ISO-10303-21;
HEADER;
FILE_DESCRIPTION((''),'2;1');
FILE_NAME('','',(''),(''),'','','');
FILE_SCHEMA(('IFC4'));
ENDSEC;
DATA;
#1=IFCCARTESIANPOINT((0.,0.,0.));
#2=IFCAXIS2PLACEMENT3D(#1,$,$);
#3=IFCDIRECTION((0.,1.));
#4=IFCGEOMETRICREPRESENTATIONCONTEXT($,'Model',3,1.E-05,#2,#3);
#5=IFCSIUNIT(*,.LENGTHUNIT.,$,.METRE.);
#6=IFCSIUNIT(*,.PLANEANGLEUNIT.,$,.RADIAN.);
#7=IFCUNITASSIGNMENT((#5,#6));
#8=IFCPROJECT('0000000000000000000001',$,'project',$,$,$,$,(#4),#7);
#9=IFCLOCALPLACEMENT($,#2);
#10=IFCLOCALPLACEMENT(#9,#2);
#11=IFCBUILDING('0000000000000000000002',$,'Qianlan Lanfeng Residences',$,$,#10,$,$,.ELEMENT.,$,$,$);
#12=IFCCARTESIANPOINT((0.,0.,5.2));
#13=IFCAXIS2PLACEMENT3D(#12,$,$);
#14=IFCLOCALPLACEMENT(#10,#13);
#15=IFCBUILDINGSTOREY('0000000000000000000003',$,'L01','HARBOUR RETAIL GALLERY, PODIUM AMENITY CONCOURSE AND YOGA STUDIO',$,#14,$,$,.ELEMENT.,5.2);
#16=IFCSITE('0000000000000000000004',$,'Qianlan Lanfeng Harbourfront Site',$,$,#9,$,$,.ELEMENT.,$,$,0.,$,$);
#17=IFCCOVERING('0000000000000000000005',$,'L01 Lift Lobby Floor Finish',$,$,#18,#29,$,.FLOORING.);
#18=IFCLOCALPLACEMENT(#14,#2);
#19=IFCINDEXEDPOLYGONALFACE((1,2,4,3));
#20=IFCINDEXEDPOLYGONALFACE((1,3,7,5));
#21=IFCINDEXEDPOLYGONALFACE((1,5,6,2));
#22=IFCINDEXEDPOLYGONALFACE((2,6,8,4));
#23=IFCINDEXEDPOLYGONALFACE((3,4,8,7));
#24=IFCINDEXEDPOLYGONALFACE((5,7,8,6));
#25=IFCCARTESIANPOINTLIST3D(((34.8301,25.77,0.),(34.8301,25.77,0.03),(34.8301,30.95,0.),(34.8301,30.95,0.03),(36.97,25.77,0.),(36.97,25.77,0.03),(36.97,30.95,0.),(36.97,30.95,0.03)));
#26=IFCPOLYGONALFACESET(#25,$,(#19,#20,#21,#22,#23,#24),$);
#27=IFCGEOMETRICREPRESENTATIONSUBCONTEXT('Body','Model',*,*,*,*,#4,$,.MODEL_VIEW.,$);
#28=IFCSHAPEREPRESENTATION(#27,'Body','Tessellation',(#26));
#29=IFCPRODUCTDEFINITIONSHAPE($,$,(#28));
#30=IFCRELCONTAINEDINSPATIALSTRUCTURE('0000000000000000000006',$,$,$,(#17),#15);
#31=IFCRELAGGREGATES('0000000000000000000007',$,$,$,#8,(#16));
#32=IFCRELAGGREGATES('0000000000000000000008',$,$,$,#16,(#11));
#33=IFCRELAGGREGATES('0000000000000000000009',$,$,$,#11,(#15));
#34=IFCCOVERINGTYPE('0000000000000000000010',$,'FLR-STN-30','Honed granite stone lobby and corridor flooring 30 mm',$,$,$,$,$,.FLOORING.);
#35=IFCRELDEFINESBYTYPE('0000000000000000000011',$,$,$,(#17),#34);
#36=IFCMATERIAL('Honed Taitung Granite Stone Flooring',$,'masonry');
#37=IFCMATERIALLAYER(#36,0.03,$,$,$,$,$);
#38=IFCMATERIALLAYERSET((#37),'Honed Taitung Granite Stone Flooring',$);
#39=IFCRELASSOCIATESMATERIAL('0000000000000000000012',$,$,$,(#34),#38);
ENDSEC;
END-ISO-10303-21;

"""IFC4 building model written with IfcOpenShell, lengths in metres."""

from ifc_helpers import new_model, si_unit, direction, frame, origin, place, context, subcontext, project, spatial, polyline, outline, extrude, material, layer, layer_set, type_object, element, save


model = new_model("IFC4")

# Units and contexts
model_context = context("Model", 3, precision=1e-05, world=origin(), true_north=direction((0.0, 1.0)))
body_context = subcontext(model_context, "Body", "Model", "MODEL_VIEW")
ifc_project = project(units=[si_unit("LENGTHUNIT", "METRE"), si_unit("PLANEANGLEUNIT", "RADIAN")], contexts=[model_context])

# Site, building, storey
site_placement = place(None, origin())
site = spatial("IfcSite", under=ifc_project, at=site_placement, Name="Qianlan Lanfeng Harbourfront Site", CompositionType="ELEMENT", RefElevation=0.0)
building_placement = place(site_placement, origin())
building = spatial("IfcBuilding", under=site, at=building_placement, Name="Qianlan Lanfeng Residences", CompositionType="ELEMENT")
storey_placement = place(building_placement, frame((0.0, 0.0, 5.2)))
storey = spatial("IfcBuildingStorey", under=building, at=storey_placement, Name="L01", Description="HARBOUR RETAIL GALLERY, PODIUM AMENITY CONCOURSE AND YOGA STUDIO", CompositionType="ELEMENT", Elevation=5.2)

# Covering
ifc_material_1 = material(Name="Honed Taitung Granite Stone Flooring", Category="masonry")
ifc_layer_1 = layer(ifc_material_1, 0.03)
ifc_layer_set_1 = layer_set([ifc_layer_1], Name="Honed Taitung Granite Stone Flooring")
covering_type = type_object("IfcCoveringType", Name="FLR-STN-30", Description="Honed granite stone lobby and corridor flooring 30 mm", PredefinedType="FLOORING", material=ifc_layer_set_1)
covering_placement = place(storey_placement, origin())
element("IfcCovering", 1, at=covering_placement, inside=storey, type_object=covering_type, Name="L01 Lift Lobby Floor Finish", PredefinedType="FLOORING", context=body_context, shape_type="SweptSolid", body=[
    extrude(outline(polyline([(34.8301, 25.77), (36.97, 25.77), (36.97, 30.95), (34.8301, 30.95), (34.8301, 25.77)])), origin(), (0.0, 0.0, 1.0), 0.03),
])

save(model, "model.ifc")
